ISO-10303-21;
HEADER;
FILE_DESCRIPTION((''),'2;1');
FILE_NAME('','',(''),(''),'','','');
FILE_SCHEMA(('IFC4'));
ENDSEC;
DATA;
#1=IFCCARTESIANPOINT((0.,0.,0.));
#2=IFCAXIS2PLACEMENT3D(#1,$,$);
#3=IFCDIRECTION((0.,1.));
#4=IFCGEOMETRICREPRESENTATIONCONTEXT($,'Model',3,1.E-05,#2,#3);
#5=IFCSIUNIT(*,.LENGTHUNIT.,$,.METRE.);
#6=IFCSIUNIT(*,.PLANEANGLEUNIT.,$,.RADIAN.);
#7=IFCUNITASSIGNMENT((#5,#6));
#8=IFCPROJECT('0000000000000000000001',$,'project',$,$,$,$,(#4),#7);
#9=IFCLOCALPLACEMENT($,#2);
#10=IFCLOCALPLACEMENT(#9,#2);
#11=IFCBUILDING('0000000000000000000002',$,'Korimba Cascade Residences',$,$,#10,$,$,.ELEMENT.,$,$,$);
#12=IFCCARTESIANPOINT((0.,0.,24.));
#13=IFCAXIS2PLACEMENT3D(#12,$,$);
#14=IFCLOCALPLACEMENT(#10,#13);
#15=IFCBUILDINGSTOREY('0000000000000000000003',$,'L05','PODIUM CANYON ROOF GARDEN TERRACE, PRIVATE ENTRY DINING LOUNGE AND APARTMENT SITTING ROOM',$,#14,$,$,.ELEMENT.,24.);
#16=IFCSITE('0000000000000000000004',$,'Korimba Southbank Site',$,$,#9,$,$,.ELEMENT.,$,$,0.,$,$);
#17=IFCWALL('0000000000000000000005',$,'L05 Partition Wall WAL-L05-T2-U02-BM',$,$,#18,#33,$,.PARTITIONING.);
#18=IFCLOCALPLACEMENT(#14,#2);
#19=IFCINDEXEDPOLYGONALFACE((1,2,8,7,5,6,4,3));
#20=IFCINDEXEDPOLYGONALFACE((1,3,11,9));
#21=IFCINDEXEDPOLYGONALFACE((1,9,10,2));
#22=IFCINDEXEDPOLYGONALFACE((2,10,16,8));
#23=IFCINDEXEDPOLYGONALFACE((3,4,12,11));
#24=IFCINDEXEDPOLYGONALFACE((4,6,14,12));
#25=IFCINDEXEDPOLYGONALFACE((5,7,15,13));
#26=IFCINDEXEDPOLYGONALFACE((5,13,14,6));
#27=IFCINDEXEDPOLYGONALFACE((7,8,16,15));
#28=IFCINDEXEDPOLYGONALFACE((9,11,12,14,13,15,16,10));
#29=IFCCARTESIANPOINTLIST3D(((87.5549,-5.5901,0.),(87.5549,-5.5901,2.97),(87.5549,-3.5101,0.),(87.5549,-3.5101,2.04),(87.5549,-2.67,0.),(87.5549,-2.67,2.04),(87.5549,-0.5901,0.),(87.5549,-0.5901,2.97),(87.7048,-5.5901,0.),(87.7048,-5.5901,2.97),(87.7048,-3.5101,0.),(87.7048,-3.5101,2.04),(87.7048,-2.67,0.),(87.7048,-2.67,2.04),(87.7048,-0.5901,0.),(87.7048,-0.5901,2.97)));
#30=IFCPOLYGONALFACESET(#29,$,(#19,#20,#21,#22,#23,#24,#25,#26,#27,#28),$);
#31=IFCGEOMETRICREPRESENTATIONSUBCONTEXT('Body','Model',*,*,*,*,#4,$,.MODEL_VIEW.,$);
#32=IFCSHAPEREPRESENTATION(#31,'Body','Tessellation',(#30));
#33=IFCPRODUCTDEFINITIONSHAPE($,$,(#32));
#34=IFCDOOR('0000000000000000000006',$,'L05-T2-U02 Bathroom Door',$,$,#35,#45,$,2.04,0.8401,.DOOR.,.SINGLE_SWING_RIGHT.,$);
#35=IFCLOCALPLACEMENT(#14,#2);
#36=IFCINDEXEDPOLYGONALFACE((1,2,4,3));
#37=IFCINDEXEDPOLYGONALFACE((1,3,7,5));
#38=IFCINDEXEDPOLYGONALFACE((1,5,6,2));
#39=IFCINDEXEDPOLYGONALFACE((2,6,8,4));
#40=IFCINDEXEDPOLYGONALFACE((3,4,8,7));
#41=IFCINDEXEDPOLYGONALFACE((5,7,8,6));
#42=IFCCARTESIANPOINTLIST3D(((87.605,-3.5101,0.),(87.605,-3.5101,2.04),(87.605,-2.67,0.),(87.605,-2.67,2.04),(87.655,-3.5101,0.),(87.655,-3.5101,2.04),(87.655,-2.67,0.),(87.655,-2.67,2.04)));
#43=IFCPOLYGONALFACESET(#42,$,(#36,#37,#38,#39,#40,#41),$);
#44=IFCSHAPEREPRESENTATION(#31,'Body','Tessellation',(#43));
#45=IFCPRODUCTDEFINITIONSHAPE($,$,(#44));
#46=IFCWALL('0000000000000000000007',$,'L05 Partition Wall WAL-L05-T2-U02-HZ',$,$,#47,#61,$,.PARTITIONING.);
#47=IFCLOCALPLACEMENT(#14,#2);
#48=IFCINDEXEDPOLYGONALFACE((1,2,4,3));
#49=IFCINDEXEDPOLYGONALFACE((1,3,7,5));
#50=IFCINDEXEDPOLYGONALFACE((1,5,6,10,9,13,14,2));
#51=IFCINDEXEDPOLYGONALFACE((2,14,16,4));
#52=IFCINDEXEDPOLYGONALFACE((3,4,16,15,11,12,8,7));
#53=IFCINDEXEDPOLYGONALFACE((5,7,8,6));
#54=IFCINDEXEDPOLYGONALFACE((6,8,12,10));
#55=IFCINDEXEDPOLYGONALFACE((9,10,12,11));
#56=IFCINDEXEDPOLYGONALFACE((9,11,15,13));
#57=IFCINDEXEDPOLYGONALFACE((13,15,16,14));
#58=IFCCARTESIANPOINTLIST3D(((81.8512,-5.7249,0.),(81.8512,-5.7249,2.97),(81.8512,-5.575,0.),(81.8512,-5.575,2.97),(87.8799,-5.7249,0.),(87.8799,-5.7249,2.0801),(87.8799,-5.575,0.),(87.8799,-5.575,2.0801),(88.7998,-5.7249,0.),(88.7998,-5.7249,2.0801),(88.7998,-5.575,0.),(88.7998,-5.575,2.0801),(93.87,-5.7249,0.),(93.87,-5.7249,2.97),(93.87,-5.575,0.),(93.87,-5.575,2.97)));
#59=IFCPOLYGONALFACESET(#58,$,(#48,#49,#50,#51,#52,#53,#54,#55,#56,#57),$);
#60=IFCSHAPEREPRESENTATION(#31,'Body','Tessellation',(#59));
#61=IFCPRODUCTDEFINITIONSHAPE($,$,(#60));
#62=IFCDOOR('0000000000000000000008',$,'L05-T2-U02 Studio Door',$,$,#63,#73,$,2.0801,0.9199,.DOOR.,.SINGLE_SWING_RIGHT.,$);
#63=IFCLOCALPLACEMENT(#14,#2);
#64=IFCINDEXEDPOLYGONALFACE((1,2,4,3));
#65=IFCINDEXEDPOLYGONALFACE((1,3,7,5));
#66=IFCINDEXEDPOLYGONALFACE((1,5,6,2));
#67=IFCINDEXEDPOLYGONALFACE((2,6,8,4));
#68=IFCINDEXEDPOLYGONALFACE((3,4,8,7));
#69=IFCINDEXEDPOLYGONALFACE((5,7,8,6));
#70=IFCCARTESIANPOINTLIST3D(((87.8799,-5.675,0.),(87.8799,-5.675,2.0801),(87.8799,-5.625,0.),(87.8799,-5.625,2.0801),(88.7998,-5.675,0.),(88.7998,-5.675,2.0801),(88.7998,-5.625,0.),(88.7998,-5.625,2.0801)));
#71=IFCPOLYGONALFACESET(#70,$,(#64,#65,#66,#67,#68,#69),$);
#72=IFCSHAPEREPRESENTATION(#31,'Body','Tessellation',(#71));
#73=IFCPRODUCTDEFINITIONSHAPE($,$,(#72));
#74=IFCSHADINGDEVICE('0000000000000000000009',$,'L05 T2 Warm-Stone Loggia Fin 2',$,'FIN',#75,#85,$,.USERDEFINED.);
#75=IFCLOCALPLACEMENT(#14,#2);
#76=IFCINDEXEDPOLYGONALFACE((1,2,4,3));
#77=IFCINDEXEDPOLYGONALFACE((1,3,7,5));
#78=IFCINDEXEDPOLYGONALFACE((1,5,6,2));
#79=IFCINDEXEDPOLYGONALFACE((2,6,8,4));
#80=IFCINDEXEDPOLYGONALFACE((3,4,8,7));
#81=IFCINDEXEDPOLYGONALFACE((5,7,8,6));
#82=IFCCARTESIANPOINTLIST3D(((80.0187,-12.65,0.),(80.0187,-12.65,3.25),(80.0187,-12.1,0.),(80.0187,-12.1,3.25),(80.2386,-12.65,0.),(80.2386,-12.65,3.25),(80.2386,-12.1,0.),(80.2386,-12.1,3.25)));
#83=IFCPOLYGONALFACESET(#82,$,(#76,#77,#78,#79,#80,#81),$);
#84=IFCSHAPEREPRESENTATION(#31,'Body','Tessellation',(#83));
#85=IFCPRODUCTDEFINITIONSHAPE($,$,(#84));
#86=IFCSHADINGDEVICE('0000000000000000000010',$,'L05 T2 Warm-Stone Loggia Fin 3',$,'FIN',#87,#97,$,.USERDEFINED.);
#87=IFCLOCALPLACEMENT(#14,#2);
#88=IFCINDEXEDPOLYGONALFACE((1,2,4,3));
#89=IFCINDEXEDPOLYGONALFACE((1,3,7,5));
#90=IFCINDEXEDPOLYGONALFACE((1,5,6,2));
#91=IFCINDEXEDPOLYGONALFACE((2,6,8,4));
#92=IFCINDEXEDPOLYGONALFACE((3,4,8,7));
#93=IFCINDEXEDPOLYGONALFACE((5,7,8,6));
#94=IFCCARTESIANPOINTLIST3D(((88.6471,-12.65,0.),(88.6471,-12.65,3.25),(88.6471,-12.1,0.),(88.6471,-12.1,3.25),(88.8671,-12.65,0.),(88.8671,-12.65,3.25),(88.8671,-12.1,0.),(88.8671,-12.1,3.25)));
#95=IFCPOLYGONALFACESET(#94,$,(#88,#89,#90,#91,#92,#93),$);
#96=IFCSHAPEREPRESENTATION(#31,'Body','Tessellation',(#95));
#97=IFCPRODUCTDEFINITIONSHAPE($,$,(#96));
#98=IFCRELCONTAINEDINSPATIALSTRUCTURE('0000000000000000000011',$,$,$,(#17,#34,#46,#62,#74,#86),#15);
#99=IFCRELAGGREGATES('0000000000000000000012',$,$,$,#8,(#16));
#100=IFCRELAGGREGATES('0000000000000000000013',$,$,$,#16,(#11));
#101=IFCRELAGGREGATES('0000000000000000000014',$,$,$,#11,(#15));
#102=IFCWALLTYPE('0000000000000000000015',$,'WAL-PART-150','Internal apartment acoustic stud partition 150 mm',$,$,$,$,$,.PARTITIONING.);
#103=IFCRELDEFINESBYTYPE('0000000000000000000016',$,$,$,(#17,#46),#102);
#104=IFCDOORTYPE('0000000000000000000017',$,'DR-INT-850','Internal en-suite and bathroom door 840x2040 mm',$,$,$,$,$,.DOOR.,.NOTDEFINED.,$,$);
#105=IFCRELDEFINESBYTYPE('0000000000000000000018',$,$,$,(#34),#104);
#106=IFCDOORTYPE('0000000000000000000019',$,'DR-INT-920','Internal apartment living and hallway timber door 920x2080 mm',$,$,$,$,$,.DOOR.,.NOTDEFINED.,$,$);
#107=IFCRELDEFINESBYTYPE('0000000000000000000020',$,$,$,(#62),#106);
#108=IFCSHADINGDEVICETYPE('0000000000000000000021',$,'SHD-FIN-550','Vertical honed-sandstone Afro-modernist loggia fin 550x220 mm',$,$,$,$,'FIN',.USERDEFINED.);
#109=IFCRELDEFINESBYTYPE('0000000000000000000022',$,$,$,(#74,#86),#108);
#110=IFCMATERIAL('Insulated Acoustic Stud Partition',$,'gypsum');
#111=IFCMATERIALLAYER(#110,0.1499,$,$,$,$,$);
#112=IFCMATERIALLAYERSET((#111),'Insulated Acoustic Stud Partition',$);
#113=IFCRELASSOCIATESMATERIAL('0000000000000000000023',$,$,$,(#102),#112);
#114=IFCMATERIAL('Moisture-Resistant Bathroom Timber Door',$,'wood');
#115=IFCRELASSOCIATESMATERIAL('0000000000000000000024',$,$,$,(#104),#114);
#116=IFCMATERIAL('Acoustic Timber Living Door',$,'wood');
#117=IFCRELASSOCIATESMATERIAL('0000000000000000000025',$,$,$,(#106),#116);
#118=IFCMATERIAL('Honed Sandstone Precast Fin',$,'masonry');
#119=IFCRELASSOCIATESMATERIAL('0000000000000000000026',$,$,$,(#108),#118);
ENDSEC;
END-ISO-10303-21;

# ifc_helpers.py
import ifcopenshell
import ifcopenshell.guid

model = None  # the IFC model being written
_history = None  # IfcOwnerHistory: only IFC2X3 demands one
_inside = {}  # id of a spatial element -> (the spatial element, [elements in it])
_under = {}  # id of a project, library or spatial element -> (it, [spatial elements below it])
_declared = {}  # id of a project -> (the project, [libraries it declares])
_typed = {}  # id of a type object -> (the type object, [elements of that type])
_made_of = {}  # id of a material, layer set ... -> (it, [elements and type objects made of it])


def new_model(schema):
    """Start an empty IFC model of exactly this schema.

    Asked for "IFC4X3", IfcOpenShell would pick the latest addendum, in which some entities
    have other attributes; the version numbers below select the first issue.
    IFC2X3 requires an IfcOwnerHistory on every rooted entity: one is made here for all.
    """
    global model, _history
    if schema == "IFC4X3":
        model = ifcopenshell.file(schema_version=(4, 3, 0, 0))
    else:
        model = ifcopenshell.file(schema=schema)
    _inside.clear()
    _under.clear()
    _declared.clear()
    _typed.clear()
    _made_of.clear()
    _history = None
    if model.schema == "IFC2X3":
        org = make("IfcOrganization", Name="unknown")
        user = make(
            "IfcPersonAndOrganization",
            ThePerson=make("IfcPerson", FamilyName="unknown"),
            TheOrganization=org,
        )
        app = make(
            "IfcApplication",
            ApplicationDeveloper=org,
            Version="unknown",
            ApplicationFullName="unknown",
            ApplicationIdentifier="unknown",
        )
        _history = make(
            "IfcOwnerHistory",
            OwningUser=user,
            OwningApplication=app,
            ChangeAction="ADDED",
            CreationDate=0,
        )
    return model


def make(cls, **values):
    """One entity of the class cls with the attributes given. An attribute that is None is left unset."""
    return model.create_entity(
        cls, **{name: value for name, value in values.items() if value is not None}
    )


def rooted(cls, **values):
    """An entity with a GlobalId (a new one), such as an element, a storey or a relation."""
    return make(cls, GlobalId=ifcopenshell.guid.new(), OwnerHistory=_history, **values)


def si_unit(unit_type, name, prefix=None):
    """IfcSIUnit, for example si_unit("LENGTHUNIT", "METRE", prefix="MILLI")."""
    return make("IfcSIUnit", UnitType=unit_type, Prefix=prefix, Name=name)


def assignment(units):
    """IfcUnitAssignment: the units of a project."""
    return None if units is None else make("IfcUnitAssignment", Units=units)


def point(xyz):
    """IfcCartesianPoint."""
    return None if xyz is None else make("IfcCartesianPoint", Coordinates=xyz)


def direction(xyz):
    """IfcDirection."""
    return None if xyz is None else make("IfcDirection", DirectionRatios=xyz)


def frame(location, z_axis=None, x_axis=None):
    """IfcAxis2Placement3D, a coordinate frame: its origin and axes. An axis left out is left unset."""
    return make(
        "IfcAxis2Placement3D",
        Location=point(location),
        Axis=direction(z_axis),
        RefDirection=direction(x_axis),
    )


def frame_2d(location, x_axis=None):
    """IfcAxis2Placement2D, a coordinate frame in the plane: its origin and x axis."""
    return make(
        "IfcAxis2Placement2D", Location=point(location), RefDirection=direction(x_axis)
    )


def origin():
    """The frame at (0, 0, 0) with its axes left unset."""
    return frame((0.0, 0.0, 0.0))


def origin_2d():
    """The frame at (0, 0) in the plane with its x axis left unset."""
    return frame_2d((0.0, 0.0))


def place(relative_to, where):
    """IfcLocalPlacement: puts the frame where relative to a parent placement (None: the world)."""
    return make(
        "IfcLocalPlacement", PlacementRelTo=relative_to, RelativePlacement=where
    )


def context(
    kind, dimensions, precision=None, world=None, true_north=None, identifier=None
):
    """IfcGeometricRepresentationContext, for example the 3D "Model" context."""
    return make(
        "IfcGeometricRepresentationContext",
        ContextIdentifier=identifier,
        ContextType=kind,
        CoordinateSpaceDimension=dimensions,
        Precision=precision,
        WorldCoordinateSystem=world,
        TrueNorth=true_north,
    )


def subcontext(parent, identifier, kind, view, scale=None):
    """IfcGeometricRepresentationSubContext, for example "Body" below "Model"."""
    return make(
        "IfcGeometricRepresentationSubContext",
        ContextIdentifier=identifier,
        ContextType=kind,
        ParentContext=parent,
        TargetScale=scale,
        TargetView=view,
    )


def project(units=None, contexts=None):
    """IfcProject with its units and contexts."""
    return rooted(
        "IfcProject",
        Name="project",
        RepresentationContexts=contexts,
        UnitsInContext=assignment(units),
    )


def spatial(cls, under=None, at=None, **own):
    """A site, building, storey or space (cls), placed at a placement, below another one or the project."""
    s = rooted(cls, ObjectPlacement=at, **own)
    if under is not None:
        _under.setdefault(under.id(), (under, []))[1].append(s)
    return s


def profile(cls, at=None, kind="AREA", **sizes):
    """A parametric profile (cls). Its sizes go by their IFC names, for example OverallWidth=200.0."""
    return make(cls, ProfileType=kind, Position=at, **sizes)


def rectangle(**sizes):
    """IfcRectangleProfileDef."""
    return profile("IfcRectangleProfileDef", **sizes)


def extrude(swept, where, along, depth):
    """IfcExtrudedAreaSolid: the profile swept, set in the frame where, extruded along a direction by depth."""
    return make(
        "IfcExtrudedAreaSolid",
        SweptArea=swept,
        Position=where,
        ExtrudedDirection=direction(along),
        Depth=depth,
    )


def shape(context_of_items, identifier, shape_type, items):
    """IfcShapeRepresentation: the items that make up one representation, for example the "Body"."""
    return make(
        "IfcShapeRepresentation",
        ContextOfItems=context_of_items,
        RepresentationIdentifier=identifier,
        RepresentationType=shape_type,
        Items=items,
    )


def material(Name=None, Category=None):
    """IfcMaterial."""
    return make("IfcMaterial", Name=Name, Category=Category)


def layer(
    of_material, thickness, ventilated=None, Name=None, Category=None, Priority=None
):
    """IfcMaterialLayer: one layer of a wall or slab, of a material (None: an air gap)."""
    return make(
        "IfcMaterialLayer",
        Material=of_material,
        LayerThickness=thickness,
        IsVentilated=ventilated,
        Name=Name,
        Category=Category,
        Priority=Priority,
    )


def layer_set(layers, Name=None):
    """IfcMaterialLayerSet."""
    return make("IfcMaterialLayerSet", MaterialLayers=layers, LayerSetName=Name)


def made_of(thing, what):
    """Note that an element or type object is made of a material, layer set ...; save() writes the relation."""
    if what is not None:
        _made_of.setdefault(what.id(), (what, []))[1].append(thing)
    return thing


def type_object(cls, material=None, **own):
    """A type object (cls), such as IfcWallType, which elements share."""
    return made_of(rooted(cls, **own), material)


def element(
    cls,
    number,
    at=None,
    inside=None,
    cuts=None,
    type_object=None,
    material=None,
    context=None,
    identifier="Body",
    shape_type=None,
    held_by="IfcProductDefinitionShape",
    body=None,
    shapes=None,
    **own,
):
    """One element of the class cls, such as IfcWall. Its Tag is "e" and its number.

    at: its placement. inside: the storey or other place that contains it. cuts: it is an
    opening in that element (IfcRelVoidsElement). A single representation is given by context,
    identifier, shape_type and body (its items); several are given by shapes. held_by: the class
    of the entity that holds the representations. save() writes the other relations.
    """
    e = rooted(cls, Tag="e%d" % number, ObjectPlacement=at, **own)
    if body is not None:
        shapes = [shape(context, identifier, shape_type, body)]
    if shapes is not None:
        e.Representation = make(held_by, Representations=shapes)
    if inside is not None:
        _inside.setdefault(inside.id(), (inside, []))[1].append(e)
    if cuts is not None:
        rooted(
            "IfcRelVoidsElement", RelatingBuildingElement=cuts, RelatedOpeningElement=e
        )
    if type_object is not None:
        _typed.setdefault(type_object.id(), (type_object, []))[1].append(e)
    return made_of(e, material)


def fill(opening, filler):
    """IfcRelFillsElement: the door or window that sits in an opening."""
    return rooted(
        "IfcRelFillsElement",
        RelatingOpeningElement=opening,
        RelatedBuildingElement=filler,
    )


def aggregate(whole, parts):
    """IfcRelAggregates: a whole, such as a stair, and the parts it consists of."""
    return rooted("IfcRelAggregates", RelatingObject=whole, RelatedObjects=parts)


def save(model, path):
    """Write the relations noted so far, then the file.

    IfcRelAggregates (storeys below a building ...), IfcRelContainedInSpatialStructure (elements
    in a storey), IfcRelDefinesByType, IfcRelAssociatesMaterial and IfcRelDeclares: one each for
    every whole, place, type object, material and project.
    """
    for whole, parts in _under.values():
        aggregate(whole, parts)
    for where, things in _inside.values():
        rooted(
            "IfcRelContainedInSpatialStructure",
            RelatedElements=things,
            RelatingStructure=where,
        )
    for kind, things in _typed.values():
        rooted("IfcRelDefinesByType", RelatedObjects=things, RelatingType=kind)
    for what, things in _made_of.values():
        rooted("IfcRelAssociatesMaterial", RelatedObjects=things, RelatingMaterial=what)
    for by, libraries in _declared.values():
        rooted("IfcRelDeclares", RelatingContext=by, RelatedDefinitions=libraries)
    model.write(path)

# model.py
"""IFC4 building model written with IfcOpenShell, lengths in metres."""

from ifc_helpers import new_model, si_unit, direction, frame, frame_2d, origin, origin_2d, place, context, subcontext, project, spatial, rectangle, extrude, material, layer, layer_set, type_object, element, fill, save


model = new_model("IFC4")

# Units and contexts
model_context = context("Model", 3, precision=1e-05, world=origin(), true_north=direction((0.0, 1.0)))
body_context = subcontext(model_context, "Body", "Model", "MODEL_VIEW")
ifc_project = project(units=[si_unit("LENGTHUNIT", "METRE"), si_unit("PLANEANGLEUNIT", "RADIAN")], contexts=[model_context])

# Site, building, storey
site_placement = place(None, origin())
site = spatial("IfcSite", under=ifc_project, at=site_placement, Name="Korimba Southbank Site", CompositionType="ELEMENT", RefElevation=0.0)
building_placement = place(site_placement, origin())
building = spatial("IfcBuilding", under=site, at=building_placement, Name="Korimba Cascade Residences", CompositionType="ELEMENT")
storey_placement = place(building_placement, frame((0.0, 0.0, 24.0)))
storey = spatial("IfcBuildingStorey", under=building, at=storey_placement, Name="L05", Description="PODIUM CANYON ROOF GARDEN TERRACE, PRIVATE ENTRY DINING LOUNGE AND APARTMENT SITTING ROOM", CompositionType="ELEMENT", Elevation=24.0)

# Walls, openings, doors
ifc_material_1 = material(Name="Insulated Acoustic Stud Partition", Category="gypsum")
ifc_layer_1 = layer(ifc_material_1, 0.1499)
ifc_layer_set_1 = layer_set([ifc_layer_1], Name="Insulated Acoustic Stud Partition")
wall_type_1 = type_object("IfcWallType", Name="WAL-PART-150", Description="Internal apartment acoustic stud partition 150 mm", PredefinedType="PARTITIONING", material=ifc_layer_set_1)
ifc_material_2 = material(Name="Moisture-Resistant Bathroom Timber Door", Category="wood")
door_type_1 = type_object("IfcDoorType", Name="DR-INT-850", Description="Internal en-suite and bathroom door 840x2040 mm", OperationType="NOTDEFINED", PredefinedType="DOOR", material=ifc_material_2)
wall_1_placement = place(storey_placement, frame((87.6299, -5.5901, 0.0), z_axis=(0.0, 0.0, 1.0), x_axis=(0.0, 1.0, 0.0)))
wall_1 = element("IfcWall", 1, at=wall_1_placement, inside=storey, type_object=wall_type_1, Name="L05 Partition Wall WAL-L05-T2-U02-BM", PredefinedType="PARTITIONING", context=body_context, shape_type="SweptSolid", body=[
    extrude(rectangle(XDim=5.0, YDim=0.1499, at=frame_2d((2.5, 0.0))), origin(), (0.0, 0.0, 1.0), 2.97),
])
opening_1_placement = place(wall_1_placement, frame((2.0801, 0.0, 0.0)))
opening_1 = element("IfcOpeningElement", 2, at=opening_1_placement, cuts=wall_1, PredefinedType="OPENING", context=body_context, shape_type="SweptSolid", body=[
    extrude(rectangle(XDim=0.8401, YDim=2.04, at=frame_2d((0.4199, 1.02))), frame((0.0, 0.085, 0.0), z_axis=(0.0, -1.0, 0.0), x_axis=(1.0, 0.0, 0.0)), (0.0, 0.0, 1.0), 0.1699),
])
door_1_placement = place(opening_1_placement, origin())
door_1 = element("IfcDoor", 3, at=door_1_placement, inside=storey, type_object=door_type_1, Name="L05-T2-U02 Bathroom Door", OperationType="SINGLE_SWING_RIGHT", OverallHeight=2.04, OverallWidth=0.8401, PredefinedType="DOOR", context=body_context, shape_type="SweptSolid", body=[
    extrude(rectangle(XDim=0.8401, YDim=2.04, at=frame_2d((0.4199, 1.02))), frame((0.0, 0.0249, 0.0), z_axis=(0.0, -1.0, 0.0), x_axis=(1.0, 0.0, 0.0)), (0.0, 0.0, 1.0), 0.05),
])
fill(opening_1, door_1)
wall_2_placement = place(storey_placement, frame((81.8513, -5.6499, 0.0), z_axis=(0.0, 0.0, 1.0), x_axis=(1.0, 0.0, 0.0)))
wall_2 = element("IfcWall", 4, at=wall_2_placement, inside=storey, type_object=wall_type_1, Name="L05 Partition Wall WAL-L05-T2-U02-HZ", PredefinedType="PARTITIONING", context=body_context, shape_type="SweptSolid", body=[
    extrude(rectangle(XDim=12.0188, YDim=0.1499, at=frame_2d((6.0093, 0.0))), origin(), (0.0, 0.0, 1.0), 2.97),
])
opening_2_placement = place(wall_2_placement, frame((6.0286, 0.0, 0.0)))
opening_2 = element("IfcOpeningElement", 5, at=opening_2_placement, cuts=wall_2, PredefinedType="OPENING", context=body_context, shape_type="SweptSolid", body=[
    extrude(rectangle(XDim=0.9199, YDim=2.0801, at=frame_2d((0.46, 1.04))), frame((0.0, 0.085, 0.0), z_axis=(0.0, -1.0, 0.0), x_axis=(1.0, 0.0, 0.0)), (0.0, 0.0, 1.0), 0.1699),
])
ifc_material_3 = material(Name="Acoustic Timber Living Door", Category="wood")
door_type_2 = type_object("IfcDoorType", Name="DR-INT-920", Description="Internal apartment living and hallway timber door 920x2080 mm", OperationType="NOTDEFINED", PredefinedType="DOOR", material=ifc_material_3)
door_2_placement = place(opening_2_placement, origin())
door_2 = element("IfcDoor", 6, at=door_2_placement, inside=storey, type_object=door_type_2, Name="L05-T2-U02 Studio Door", OperationType="SINGLE_SWING_RIGHT", OverallHeight=2.0801, OverallWidth=0.9199, PredefinedType="DOOR", context=body_context, shape_type="SweptSolid", body=[
    extrude(rectangle(XDim=0.9199, YDim=2.0801, at=frame_2d((0.46, 1.04))), frame((0.0, 0.0249, 0.0), z_axis=(0.0, -1.0, 0.0), x_axis=(1.0, 0.0, 0.0)), (0.0, 0.0, 1.0), 0.05),
])
fill(opening_2, door_2)

# Shading devices
ifc_material_4 = material(Name="Honed Sandstone Precast Fin", Category="masonry")
shading_device_type = type_object("IfcShadingDeviceType", Name="SHD-FIN-550", Description="Vertical honed-sandstone Afro-modernist loggia fin 550x220 mm", ElementType="FIN", PredefinedType="USERDEFINED", material=ifc_material_4)
for number, where, z_axis, x_axis, name in (
    (7, (80.1287, -12.375, 0.0), (0.0, 0.0, 1.0), (1.0, 0.0, 0.0), "L05 T2 Warm-Stone Loggia Fin 2"),
    (8, (88.7571, -12.375, 0.0), (0.0, 0.0, 1.0), (1.0, 0.0, 0.0), "L05 T2 Warm-Stone Loggia Fin 3"),
):
    element("IfcShadingDevice", number, at=place(storey_placement, frame(where, z_axis=z_axis, x_axis=x_axis)), inside=storey, type_object=shading_device_type, Name=name, ObjectType="FIN", PredefinedType="USERDEFINED", context=body_context, shape_type="SweptSolid", body=[
        extrude(rectangle(XDim=0.22, YDim=0.55, at=origin_2d()), origin(), (0.0, 0.0, 1.0), 3.25),
    ])

save(model, "model.ifc")
